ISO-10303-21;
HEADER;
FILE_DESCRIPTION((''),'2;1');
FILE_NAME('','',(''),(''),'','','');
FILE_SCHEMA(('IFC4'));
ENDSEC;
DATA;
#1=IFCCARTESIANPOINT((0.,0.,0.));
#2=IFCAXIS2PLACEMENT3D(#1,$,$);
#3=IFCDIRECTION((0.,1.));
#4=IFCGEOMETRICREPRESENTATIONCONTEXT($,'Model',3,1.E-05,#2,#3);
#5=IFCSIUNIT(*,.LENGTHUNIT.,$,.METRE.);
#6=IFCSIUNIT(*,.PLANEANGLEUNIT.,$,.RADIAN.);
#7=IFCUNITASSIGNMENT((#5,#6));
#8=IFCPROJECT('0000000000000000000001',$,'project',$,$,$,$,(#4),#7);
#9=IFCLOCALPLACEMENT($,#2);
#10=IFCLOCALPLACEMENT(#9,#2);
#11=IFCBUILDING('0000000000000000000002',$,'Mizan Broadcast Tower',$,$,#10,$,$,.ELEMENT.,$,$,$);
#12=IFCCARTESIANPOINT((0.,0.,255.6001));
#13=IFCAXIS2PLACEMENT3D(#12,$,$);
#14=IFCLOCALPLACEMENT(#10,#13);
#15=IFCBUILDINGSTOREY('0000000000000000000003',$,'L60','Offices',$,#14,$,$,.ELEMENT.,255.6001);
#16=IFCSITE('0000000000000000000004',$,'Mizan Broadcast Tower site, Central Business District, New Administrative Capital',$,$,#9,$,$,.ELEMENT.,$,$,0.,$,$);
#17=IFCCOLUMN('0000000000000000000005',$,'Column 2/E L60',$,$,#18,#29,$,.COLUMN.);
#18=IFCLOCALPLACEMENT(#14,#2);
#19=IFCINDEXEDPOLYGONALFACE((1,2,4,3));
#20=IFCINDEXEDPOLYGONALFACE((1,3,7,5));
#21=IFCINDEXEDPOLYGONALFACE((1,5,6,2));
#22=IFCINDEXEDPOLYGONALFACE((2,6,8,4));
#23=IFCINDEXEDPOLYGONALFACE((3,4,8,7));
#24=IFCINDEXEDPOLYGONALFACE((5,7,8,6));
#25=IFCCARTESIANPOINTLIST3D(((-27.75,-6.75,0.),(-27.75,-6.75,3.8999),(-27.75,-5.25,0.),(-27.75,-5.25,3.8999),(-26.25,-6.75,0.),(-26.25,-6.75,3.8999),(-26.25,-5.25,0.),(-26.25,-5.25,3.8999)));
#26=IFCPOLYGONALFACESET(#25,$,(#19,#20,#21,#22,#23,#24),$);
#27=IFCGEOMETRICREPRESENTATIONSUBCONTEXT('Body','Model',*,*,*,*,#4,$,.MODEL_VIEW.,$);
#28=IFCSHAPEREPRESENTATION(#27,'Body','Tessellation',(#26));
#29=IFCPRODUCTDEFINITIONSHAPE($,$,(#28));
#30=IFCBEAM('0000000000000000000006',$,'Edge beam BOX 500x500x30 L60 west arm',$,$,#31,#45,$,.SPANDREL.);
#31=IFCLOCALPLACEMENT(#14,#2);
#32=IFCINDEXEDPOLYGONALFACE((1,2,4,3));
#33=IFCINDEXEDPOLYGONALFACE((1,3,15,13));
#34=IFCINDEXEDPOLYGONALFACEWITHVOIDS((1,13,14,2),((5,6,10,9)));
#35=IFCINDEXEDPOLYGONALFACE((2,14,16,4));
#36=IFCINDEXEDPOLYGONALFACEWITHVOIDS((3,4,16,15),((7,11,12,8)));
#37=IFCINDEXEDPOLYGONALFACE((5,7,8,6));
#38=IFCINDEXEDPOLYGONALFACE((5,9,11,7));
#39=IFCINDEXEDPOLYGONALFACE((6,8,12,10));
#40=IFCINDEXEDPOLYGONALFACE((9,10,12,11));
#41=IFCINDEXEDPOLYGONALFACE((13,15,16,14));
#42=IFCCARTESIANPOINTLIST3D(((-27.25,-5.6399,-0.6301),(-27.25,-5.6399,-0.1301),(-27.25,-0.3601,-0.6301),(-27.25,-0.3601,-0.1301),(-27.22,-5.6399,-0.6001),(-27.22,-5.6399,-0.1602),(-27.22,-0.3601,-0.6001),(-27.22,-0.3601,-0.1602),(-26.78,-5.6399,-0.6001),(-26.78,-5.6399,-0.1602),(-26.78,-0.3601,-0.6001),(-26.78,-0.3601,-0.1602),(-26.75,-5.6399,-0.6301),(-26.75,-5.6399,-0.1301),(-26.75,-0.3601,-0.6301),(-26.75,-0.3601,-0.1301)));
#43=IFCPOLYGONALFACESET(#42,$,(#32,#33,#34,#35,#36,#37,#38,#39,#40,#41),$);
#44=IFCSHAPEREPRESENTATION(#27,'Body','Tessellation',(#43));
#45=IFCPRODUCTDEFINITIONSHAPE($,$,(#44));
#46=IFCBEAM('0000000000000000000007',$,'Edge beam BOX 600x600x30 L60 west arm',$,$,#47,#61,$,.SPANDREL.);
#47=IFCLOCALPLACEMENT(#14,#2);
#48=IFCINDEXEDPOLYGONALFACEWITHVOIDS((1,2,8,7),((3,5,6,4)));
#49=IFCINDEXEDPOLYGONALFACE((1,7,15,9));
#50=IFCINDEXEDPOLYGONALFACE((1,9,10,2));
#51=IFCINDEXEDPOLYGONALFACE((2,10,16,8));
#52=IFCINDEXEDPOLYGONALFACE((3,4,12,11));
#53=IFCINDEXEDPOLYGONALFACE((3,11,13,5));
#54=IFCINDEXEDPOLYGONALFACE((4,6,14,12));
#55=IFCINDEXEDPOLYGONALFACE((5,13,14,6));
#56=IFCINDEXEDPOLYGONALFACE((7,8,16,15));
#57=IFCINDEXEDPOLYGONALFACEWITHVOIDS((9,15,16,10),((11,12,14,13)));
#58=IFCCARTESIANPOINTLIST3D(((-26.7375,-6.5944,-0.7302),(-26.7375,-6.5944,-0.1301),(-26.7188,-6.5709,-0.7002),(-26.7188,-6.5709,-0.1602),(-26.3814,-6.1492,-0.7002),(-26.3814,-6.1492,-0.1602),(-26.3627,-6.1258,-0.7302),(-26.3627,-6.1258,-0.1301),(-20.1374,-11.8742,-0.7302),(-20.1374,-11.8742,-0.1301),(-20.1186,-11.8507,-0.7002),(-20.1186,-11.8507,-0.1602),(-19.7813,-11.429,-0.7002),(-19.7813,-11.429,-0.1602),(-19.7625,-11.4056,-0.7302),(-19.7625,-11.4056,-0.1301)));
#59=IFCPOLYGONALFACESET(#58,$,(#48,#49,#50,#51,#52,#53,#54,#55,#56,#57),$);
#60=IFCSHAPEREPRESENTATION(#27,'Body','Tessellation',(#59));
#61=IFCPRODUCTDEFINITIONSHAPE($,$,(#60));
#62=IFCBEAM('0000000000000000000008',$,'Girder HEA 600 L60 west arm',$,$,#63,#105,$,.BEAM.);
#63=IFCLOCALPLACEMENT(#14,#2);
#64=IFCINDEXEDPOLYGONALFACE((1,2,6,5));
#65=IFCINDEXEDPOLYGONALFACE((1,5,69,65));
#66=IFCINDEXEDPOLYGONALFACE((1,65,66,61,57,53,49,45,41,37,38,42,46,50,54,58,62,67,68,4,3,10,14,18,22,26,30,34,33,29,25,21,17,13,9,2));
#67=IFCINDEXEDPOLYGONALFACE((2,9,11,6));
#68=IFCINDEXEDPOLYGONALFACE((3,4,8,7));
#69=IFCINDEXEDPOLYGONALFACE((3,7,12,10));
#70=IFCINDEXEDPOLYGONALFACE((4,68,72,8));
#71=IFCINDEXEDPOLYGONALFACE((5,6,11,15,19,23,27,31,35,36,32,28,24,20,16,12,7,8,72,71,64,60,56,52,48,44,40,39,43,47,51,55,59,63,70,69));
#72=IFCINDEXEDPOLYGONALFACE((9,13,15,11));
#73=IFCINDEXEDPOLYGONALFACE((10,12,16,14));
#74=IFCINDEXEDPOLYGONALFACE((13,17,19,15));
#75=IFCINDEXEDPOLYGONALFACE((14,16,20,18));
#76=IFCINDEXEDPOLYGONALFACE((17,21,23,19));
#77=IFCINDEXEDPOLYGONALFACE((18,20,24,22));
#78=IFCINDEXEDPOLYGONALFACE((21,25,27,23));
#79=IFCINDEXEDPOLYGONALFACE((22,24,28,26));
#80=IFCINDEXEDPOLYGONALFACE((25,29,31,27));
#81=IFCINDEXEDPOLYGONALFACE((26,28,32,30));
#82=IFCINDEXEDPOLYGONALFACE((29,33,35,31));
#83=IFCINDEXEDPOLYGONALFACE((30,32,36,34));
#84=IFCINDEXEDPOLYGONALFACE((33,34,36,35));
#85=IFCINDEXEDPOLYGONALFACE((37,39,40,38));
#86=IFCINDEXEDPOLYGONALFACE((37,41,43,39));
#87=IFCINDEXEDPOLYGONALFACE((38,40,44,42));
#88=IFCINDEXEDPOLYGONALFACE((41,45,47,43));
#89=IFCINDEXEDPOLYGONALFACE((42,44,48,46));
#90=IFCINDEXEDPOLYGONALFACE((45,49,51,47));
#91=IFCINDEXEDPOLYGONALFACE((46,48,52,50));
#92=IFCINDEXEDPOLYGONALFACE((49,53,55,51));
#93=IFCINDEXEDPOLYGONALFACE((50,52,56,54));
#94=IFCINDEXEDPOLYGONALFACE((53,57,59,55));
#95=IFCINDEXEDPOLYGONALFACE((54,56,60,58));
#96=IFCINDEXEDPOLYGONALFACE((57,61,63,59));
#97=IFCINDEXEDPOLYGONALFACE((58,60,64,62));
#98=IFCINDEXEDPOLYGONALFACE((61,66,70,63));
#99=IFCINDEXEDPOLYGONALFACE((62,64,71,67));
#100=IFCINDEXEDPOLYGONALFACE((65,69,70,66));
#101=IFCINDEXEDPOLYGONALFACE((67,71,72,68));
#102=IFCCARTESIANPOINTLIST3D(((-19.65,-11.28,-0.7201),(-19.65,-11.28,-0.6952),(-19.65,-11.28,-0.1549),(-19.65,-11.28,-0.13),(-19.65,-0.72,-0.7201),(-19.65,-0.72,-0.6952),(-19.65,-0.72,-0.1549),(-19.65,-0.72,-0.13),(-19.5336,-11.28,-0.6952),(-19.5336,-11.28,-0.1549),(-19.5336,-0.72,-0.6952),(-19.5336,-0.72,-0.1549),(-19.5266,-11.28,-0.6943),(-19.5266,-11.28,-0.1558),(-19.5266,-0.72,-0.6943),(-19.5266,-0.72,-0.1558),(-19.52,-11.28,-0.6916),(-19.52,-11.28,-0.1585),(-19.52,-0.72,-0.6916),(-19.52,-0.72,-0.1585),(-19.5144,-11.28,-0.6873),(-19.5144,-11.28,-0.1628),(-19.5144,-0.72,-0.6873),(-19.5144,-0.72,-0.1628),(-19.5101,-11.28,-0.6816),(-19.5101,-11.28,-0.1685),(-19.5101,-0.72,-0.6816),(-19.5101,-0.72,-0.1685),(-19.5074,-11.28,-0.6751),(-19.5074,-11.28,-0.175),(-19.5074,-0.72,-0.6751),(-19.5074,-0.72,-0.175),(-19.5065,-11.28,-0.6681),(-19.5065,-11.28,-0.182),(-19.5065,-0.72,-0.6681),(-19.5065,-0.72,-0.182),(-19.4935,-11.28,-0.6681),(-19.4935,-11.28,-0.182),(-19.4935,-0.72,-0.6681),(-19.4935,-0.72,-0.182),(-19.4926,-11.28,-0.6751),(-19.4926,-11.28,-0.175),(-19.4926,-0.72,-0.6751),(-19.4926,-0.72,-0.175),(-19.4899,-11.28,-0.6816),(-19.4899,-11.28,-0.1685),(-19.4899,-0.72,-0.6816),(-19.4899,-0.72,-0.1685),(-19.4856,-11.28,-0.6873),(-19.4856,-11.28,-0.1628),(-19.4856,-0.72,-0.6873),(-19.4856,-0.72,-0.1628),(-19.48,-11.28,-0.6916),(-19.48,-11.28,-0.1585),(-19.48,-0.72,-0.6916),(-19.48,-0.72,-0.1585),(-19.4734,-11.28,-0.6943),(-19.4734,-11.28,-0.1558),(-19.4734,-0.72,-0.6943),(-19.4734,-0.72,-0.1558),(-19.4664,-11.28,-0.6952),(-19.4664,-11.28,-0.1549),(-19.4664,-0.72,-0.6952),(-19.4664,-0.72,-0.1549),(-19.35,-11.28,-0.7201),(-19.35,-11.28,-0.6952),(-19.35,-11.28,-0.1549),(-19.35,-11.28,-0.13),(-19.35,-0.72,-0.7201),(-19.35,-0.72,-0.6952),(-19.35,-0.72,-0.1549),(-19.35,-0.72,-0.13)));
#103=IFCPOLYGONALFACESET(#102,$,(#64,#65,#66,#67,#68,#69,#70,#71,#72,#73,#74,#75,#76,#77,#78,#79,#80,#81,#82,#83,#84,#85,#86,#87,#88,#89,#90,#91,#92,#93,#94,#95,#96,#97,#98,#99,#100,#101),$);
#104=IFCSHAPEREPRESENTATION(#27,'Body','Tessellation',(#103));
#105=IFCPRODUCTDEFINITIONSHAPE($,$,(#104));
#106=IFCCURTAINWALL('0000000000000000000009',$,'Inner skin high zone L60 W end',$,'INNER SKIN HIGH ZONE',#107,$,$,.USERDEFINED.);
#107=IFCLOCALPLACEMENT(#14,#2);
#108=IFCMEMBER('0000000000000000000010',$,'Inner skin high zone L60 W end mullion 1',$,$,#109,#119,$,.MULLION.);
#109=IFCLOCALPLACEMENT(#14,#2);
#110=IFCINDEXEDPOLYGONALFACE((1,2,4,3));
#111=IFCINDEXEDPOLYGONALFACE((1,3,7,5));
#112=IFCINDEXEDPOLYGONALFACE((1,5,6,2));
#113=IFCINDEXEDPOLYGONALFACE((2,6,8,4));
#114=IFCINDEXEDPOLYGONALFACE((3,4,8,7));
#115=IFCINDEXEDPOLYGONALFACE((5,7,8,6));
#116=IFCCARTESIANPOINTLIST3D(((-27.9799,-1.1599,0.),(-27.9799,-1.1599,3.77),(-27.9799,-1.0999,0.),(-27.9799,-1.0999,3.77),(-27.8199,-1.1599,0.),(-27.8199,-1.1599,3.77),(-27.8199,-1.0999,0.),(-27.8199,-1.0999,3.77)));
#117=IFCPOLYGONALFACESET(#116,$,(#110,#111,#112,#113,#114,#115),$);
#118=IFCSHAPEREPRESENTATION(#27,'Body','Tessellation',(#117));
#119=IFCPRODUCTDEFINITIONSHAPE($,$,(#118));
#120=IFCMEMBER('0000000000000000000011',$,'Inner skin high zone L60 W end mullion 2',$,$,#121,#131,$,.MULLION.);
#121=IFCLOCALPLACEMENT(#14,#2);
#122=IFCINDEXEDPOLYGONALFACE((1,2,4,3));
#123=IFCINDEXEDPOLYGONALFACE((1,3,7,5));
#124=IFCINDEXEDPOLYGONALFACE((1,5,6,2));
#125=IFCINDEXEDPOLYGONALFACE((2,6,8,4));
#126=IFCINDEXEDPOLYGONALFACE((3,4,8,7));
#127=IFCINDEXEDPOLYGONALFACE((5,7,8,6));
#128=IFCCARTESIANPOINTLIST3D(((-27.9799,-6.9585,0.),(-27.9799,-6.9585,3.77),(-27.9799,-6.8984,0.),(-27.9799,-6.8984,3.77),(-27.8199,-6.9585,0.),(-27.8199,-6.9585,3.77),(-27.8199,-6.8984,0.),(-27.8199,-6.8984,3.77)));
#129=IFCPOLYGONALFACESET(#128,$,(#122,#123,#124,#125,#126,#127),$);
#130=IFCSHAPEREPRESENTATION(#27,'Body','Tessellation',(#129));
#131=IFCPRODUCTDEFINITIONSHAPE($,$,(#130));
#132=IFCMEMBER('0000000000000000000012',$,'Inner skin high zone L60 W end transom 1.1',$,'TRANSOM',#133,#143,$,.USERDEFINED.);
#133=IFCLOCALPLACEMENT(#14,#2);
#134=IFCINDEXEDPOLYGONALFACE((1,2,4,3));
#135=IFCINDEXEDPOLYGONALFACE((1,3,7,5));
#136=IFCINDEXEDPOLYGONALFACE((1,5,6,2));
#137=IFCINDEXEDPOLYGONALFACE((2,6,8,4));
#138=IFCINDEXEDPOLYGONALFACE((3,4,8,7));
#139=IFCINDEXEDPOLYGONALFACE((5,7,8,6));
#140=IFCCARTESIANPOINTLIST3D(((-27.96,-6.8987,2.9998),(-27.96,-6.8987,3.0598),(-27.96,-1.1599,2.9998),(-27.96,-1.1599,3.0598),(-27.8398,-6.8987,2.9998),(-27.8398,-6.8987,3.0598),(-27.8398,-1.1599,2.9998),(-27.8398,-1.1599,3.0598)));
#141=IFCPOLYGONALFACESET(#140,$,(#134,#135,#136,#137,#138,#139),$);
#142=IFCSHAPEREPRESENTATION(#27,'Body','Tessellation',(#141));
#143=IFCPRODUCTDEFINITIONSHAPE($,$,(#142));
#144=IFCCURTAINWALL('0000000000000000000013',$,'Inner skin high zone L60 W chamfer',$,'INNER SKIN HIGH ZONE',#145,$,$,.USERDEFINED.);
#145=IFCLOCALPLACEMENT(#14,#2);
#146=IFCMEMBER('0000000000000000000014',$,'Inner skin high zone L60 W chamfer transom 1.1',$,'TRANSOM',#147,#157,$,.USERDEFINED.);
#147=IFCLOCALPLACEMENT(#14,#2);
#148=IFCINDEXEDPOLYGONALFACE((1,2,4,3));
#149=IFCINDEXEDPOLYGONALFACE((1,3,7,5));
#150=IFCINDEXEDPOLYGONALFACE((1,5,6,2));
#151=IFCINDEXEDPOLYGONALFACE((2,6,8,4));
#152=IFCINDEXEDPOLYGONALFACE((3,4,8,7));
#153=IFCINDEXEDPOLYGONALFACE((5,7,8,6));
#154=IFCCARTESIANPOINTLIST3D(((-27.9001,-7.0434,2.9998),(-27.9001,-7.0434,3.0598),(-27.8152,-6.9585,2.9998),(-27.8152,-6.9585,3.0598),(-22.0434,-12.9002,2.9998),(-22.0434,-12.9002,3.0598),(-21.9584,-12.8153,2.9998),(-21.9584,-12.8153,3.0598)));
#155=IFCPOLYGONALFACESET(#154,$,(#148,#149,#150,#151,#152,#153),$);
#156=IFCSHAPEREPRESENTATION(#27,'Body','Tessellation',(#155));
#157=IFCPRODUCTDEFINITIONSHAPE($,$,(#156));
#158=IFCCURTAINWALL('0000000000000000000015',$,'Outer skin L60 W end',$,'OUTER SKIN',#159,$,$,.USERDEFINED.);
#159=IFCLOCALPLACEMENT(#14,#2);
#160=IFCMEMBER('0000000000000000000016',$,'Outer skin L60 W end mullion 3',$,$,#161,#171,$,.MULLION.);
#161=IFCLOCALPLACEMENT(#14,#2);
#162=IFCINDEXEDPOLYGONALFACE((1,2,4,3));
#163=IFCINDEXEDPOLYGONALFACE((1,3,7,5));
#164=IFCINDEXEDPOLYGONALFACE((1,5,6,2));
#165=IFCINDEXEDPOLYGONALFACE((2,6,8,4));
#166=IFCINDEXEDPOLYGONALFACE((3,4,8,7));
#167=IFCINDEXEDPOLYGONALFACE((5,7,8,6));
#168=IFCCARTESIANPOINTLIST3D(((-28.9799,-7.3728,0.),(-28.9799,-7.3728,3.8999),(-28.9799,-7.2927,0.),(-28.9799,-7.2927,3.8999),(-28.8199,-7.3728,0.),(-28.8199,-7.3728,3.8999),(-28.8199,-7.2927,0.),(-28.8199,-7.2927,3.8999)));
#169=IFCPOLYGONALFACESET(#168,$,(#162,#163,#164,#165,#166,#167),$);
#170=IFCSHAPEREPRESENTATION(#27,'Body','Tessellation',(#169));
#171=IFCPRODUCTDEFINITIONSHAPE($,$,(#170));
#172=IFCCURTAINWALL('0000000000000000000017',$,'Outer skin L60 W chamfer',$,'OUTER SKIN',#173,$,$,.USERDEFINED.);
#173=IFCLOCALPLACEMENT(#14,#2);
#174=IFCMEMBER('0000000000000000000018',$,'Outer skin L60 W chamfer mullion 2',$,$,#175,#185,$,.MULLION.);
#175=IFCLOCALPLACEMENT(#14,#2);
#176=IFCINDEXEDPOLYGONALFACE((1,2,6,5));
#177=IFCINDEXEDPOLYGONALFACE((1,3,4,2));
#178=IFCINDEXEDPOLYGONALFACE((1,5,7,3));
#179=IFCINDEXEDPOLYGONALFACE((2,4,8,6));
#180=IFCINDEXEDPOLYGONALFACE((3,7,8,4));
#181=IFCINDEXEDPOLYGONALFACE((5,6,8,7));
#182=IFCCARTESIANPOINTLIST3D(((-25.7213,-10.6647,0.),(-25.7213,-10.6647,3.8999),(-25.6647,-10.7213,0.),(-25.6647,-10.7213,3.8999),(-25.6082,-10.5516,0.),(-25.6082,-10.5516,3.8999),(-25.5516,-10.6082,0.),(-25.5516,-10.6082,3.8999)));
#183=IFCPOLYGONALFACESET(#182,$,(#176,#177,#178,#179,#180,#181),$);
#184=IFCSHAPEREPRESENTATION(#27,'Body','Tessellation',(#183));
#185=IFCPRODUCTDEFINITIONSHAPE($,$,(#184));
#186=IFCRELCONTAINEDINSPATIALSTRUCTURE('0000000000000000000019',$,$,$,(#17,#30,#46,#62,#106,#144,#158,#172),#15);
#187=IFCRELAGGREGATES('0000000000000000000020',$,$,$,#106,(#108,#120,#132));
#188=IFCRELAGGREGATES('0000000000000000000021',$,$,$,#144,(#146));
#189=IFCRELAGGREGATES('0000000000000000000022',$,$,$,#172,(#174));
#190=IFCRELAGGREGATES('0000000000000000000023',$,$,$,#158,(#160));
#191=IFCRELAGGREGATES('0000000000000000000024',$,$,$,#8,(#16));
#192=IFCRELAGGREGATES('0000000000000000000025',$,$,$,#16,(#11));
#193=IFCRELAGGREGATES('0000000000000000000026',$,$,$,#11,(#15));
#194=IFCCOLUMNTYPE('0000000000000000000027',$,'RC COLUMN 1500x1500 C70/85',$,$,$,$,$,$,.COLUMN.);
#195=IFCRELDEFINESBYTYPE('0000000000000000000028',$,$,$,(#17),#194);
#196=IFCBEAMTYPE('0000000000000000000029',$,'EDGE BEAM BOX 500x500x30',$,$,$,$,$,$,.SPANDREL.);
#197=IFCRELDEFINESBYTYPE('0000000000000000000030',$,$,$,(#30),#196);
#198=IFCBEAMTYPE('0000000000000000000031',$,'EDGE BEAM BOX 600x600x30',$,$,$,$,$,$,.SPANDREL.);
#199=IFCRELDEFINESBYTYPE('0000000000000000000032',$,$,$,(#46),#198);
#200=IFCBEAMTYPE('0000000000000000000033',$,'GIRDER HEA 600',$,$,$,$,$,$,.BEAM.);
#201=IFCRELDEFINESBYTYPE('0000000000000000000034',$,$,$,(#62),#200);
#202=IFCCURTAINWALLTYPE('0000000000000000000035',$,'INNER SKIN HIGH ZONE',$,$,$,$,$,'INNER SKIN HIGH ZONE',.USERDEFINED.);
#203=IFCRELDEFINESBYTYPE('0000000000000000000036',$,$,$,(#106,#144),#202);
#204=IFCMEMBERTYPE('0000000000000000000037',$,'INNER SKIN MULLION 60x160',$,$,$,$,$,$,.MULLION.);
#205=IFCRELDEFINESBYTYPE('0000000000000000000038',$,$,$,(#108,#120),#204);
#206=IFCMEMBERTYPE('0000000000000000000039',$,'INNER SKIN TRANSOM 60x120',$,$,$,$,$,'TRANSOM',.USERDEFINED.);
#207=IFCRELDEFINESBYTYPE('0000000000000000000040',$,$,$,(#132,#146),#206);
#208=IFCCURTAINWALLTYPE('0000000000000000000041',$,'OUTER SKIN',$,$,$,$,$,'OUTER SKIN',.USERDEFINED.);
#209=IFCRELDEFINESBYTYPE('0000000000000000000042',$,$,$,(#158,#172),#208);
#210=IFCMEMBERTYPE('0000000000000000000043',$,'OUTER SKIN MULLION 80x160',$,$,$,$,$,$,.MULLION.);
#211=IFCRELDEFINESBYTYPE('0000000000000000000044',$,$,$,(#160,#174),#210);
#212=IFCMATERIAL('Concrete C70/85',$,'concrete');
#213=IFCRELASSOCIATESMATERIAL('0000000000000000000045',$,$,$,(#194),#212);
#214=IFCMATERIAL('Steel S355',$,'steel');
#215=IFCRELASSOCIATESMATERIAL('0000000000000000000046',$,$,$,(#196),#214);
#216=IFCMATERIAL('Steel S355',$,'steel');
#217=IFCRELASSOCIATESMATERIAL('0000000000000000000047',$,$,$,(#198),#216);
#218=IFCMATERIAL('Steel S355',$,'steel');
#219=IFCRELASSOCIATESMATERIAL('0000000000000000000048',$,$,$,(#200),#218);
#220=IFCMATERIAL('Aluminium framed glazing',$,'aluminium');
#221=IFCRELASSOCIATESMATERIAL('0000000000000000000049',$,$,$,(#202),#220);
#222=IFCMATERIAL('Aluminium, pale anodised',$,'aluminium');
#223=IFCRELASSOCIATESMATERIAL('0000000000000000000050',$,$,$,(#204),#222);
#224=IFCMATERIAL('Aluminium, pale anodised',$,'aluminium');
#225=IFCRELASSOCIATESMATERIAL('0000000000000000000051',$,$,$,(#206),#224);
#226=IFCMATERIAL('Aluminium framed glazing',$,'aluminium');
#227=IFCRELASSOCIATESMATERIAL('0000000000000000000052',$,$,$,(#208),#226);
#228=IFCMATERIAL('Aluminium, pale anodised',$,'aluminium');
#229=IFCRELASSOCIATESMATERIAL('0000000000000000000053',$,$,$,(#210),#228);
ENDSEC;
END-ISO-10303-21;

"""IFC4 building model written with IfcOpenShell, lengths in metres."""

from ifc_helpers import new_model, si_unit, direction, frame, origin, origin_2d, place, context, subcontext, project, spatial, rectangle, hollow_rectangle, i_section, extrude, material, material_profile, profile_set, type_object, element, aggregate, save


model = new_model("IFC4")

# Units and contexts
model_context = context("Model", 3, precision=1e-05, world=origin(), true_north=direction((0.0, 1.0)))
body_context = subcontext(model_context, "Body", "Model", "MODEL_VIEW")
ifc_project = project(units=[si_unit("LENGTHUNIT", "METRE"), si_unit("PLANEANGLEUNIT", "RADIAN")], contexts=[model_context])

# Site, building, storey
site_placement = place(None, origin())
site = spatial("IfcSite", under=ifc_project, at=site_placement, Name="Mizan Broadcast Tower site, Central Business District, New Administrative Capital", CompositionType="ELEMENT", RefElevation=0.0)
building_placement = place(site_placement, origin())
building = spatial("IfcBuilding", under=site, at=building_placement, Name="Mizan Broadcast Tower", CompositionType="ELEMENT")
storey_placement = place(building_placement, frame((0.0, 0.0, 255.6001)))
storey = spatial("IfcBuildingStorey", under=building, at=storey_placement, Name="L60", Description="Offices", CompositionType="ELEMENT", Elevation=255.6001)

# Column
ifc_material_1 = material(Name="Concrete C70/85", Category="concrete")
ifc_material_profile_1 = material_profile(ifc_material_1, rectangle(XDim=1.5, YDim=1.5, at=origin_2d()), Name="RC 1500x1500")
ifc_profile_set_1 = profile_set([ifc_material_profile_1], Name="Concrete C70/85")
column_type = type_object("IfcColumnType", Name="RC COLUMN 1500x1500 C70/85", PredefinedType="COLUMN", material=ifc_profile_set_1)
column_placement = place(storey_placement, frame((-27.0, -6.0, 0.0), z_axis=(0.0, 0.0, 1.0), x_axis=(1.0, 0.0, 0.0)))
element("IfcColumn", 1, at=column_placement, inside=storey, type_object=column_type, Name="Column 2/E L60", PredefinedType="COLUMN", context=body_context, shape_type="SweptSolid", body=[
    extrude(rectangle(XDim=1.5, YDim=1.5, at=origin_2d()), origin(), (0.0, 0.0, 1.0), 3.8999),
])

# Beams
ifc_material_2 = material(Name="Steel S355", Category="steel")
ifc_material_profile_2 = material_profile(ifc_material_2, hollow_rectangle(XDim=0.5, YDim=0.5, WallThickness=0.03, at=origin_2d()), Name="BOX 500x500x30")
ifc_profile_set_2 = profile_set([ifc_material_profile_2], Name="Steel S355")
beam_type_1 = type_object("IfcBeamType", Name="EDGE BEAM BOX 500x500x30", PredefinedType="SPANDREL", material=ifc_profile_set_2)
beam_1_placement = place(storey_placement, frame((-27.0, -5.6399, -0.3801), z_axis=(0.0, 1.0, 0.0), x_axis=(-1.0, 0.0, 0.0)))
element("IfcBeam", 2, at=beam_1_placement, inside=storey, type_object=beam_type_1, Name="Edge beam BOX 500x500x30 L60 west arm", PredefinedType="SPANDREL", context=body_context, shape_type="SweptSolid", body=[
    extrude(hollow_rectangle(XDim=0.5, YDim=0.5, WallThickness=0.03, at=origin_2d()), origin(), (0.0, 0.0, 1.0), 5.2798),
])
ifc_material_3 = material(Name="Steel S355", Category="steel")
ifc_material_profile_3 = material_profile(ifc_material_3, hollow_rectangle(XDim=0.6001, YDim=0.6001, WallThickness=0.03, at=origin_2d()), Name="BOX 600x600x30")
ifc_profile_set_3 = profile_set([ifc_material_profile_3], Name="Steel S355")
beam_type_2 = type_object("IfcBeamType", Name="EDGE BEAM BOX 600x600x30", PredefinedType="SPANDREL", material=ifc_profile_set_3)
beam_2_placement = place(storey_placement, frame((-19.95, -11.6399, -0.4302), z_axis=(-0.780886, 0.624674, 0.0), x_axis=(-0.624674, -0.780886, 0.0)))
element("IfcBeam", 3, at=beam_2_placement, inside=storey, type_object=beam_type_2, Name="Edge beam BOX 600x600x30 L60 west arm", PredefinedType="SPANDREL", context=body_context, shape_type="SweptSolid", body=[
    extrude(hollow_rectangle(XDim=0.6001, YDim=0.6001, WallThickness=0.03, at=origin_2d()), origin(), (0.0, 0.0, 1.0), 8.4521),
])
ifc_material_4 = material(Name="Steel S355", Category="steel")
ifc_material_profile_4 = material_profile(ifc_material_4, i_section(OverallWidth=0.3, OverallDepth=0.5901, WebThickness=0.0129, FlangeThickness=0.0249, FilletRadius=0.0271, at=origin_2d()), Name="HEA 600")
ifc_profile_set_4 = profile_set([ifc_material_profile_4], Name="Steel S355")
beam_type_3 = type_object("IfcBeamType", Name="GIRDER HEA 600", PredefinedType="BEAM", material=ifc_profile_set_4)
beam_3_placement = place(storey_placement, frame((-19.5, -11.28, -0.425), z_axis=(0.0, 1.0, 0.0), x_axis=(-1.0, 0.0, 0.0)))
element("IfcBeam", 4, at=beam_3_placement, inside=storey, type_object=beam_type_3, Name="Girder HEA 600 L60 west arm", PredefinedType="BEAM", context=body_context, shape_type="SweptSolid", body=[
    extrude(i_section(OverallWidth=0.3, OverallDepth=0.5901, WebThickness=0.0129, FlangeThickness=0.0249, FilletRadius=0.0271, at=origin_2d()), origin(), (0.0, 0.0, 1.0), 10.5601),
])

# Curtain wall, members
ifc_material_5 = material(Name="Aluminium framed glazing", Category="aluminium")
curtain_wall_type_1 = type_object("IfcCurtainWallType", Name="INNER SKIN HIGH ZONE", ElementType="INNER SKIN HIGH ZONE", PredefinedType="USERDEFINED", material=ifc_material_5)
curtain_wall_1_placement = place(storey_placement, origin())
curtain_wall_1 = element("IfcCurtainWall", 5, at=curtain_wall_1_placement, inside=storey, type_object=curtain_wall_type_1, Name="Inner skin high zone L60 W end", ObjectType="INNER SKIN HIGH ZONE", PredefinedType="USERDEFINED")
ifc_material_6 = material(Name="Aluminium, pale anodised", Category="aluminium")
ifc_material_profile_5 = material_profile(ifc_material_6, rectangle(XDim=0.1599, YDim=0.0601, at=origin_2d()), Name="MULLION 160x60")
ifc_profile_set_5 = profile_set([ifc_material_profile_5], Name="Aluminium, pale anodised")
member_type_1 = type_object("IfcMemberType", Name="INNER SKIN MULLION 60x160", PredefinedType="MULLION", material=ifc_profile_set_5)
member_1_placement = place(storey_placement, frame((-27.8999, -1.1299, 0.0), z_axis=(0.0, 0.0, 1.0), x_axis=(1.0, 0.0, 0.0)))
member_1 = element("IfcMember", 6, at=member_1_placement, type_object=member_type_1, Name="Inner skin high zone L60 W end mullion 1", PredefinedType="MULLION", context=body_context, shape_type="SweptSolid", body=[
    extrude(rectangle(XDim=0.1599, YDim=0.0601, at=origin_2d()), origin(), (0.0, 0.0, 1.0), 3.77),
])
member_2_placement = place(storey_placement, frame((-27.8999, -6.9285, 0.0), z_axis=(0.0, 0.0, 1.0), x_axis=(1.0, 0.0, 0.0)))
member_2 = element("IfcMember", 7, at=member_2_placement, type_object=member_type_1, Name="Inner skin high zone L60 W end mullion 2", PredefinedType="MULLION", context=body_context, shape_type="SweptSolid", body=[
    extrude(rectangle(XDim=0.1599, YDim=0.0601, at=origin_2d()), origin(), (0.0, 0.0, 1.0), 3.77),
])
ifc_material_7 = material(Name="Aluminium, pale anodised", Category="aluminium")
ifc_material_profile_6 = material_profile(ifc_material_7, rectangle(XDim=0.1201, YDim=0.0601, at=origin_2d()), Name="TRANSOM 120x60")
ifc_profile_set_6 = profile_set([ifc_material_profile_6], Name="Aluminium, pale anodised")
member_type_2 = type_object("IfcMemberType", Name="INNER SKIN TRANSOM 60x120", ElementType="TRANSOM", PredefinedType="USERDEFINED", material=ifc_profile_set_6)
member_3_placement = place(storey_placement, frame((-27.8999, -1.1599, 3.0298), z_axis=(0.0, -1.0, 0.0), x_axis=(1.0, 0.0, 0.0)))
member_3 = element("IfcMember", 8, at=member_3_placement, type_object=member_type_2, Name="Inner skin high zone L60 W end transom 1.1", ObjectType="TRANSOM", PredefinedType="USERDEFINED", context=body_context, shape_type="SweptSolid", body=[
    extrude(rectangle(XDim=0.1201, YDim=0.0601, at=origin_2d()), origin(), (0.0, 0.0, 1.0), 5.7388),
])

# Curtain walls, members
curtain_wall_2_placement = place(storey_placement, origin())
curtain_wall_2 = element("IfcCurtainWall", 9, at=curtain_wall_2_placement, inside=storey, type_object=curtain_wall_type_1, Name="Inner skin high zone L60 W chamfer", ObjectType="INNER SKIN HIGH ZONE", PredefinedType="USERDEFINED")
member_4_placement = place(storey_placement, frame((-27.8577, -7.001, 3.0298), z_axis=(0.707107, -0.707107, 0.0), x_axis=(0.707107, 0.707107, 0.0)))
member_4 = element("IfcMember", 10, at=member_4_placement, type_object=member_type_2, Name="Inner skin high zone L60 W chamfer transom 1.1", ObjectType="TRANSOM", PredefinedType="USERDEFINED", context=body_context, shape_type="SweptSolid", body=[
    extrude(rectangle(XDim=0.1201, YDim=0.0601, at=origin_2d()), origin(), (0.0, 0.0, 1.0), 8.2827),
])
ifc_material_8 = material(Name="Aluminium framed glazing", Category="aluminium")
curtain_wall_type_2 = type_object("IfcCurtainWallType", Name="OUTER SKIN", ElementType="OUTER SKIN", PredefinedType="USERDEFINED", material=ifc_material_8)
curtain_wall_3_placement = place(storey_placement, origin())
curtain_wall_3 = element("IfcCurtainWall", 11, at=curtain_wall_3_placement, inside=storey, type_object=curtain_wall_type_2, Name="Outer skin L60 W end", ObjectType="OUTER SKIN", PredefinedType="USERDEFINED")
ifc_material_9 = material(Name="Aluminium, pale anodised", Category="aluminium")
ifc_material_profile_7 = material_profile(ifc_material_9, rectangle(XDim=0.1599, YDim=0.0801, at=origin_2d()), Name="MULLION 160x80")
ifc_profile_set_7 = profile_set([ifc_material_profile_7], Name="Aluminium, pale anodised")
member_type_3 = type_object("IfcMemberType", Name="OUTER SKIN MULLION 80x160", PredefinedType="MULLION", material=ifc_profile_set_7)
member_5_placement = place(storey_placement, frame((-28.8999, -7.3328, 0.0), z_axis=(0.0, 0.0, 1.0), x_axis=(1.0, 0.0, 0.0)))
member_5 = element("IfcMember", 12, at=member_5_placement, type_object=member_type_3, Name="Outer skin L60 W end mullion 3", PredefinedType="MULLION", context=body_context, shape_type="SweptSolid", body=[
    extrude(rectangle(XDim=0.1599, YDim=0.0801, at=origin_2d()), origin(), (0.0, 0.0, 1.0), 3.8999),
])
curtain_wall_4_placement = place(storey_placement, origin())
curtain_wall_4 = element("IfcCurtainWall", 13, at=curtain_wall_4_placement, inside=storey, type_object=curtain_wall_type_2, Name="Outer skin L60 W chamfer", ObjectType="OUTER SKIN", PredefinedType="USERDEFINED")
member_6_placement = place(storey_placement, frame((-25.6365, -10.6365, 0.0), z_axis=(0.0, 0.0, 1.0), x_axis=(0.707107, 0.707107, 0.0)))
member_6 = element("IfcMember", 14, at=member_6_placement, type_object=member_type_3, Name="Outer skin L60 W chamfer mullion 2", PredefinedType="MULLION", context=body_context, shape_type="SweptSolid", body=[
    extrude(rectangle(XDim=0.1599, YDim=0.0801, at=origin_2d()), origin(), (0.0, 0.0, 1.0), 3.8999),
])

aggregate(curtain_wall_1, [member_1, member_2, member_3])
aggregate(curtain_wall_2, [member_4])
aggregate(curtain_wall_4, [member_6])
aggregate(curtain_wall_3, [member_5])

save(model, "model.ifc")
